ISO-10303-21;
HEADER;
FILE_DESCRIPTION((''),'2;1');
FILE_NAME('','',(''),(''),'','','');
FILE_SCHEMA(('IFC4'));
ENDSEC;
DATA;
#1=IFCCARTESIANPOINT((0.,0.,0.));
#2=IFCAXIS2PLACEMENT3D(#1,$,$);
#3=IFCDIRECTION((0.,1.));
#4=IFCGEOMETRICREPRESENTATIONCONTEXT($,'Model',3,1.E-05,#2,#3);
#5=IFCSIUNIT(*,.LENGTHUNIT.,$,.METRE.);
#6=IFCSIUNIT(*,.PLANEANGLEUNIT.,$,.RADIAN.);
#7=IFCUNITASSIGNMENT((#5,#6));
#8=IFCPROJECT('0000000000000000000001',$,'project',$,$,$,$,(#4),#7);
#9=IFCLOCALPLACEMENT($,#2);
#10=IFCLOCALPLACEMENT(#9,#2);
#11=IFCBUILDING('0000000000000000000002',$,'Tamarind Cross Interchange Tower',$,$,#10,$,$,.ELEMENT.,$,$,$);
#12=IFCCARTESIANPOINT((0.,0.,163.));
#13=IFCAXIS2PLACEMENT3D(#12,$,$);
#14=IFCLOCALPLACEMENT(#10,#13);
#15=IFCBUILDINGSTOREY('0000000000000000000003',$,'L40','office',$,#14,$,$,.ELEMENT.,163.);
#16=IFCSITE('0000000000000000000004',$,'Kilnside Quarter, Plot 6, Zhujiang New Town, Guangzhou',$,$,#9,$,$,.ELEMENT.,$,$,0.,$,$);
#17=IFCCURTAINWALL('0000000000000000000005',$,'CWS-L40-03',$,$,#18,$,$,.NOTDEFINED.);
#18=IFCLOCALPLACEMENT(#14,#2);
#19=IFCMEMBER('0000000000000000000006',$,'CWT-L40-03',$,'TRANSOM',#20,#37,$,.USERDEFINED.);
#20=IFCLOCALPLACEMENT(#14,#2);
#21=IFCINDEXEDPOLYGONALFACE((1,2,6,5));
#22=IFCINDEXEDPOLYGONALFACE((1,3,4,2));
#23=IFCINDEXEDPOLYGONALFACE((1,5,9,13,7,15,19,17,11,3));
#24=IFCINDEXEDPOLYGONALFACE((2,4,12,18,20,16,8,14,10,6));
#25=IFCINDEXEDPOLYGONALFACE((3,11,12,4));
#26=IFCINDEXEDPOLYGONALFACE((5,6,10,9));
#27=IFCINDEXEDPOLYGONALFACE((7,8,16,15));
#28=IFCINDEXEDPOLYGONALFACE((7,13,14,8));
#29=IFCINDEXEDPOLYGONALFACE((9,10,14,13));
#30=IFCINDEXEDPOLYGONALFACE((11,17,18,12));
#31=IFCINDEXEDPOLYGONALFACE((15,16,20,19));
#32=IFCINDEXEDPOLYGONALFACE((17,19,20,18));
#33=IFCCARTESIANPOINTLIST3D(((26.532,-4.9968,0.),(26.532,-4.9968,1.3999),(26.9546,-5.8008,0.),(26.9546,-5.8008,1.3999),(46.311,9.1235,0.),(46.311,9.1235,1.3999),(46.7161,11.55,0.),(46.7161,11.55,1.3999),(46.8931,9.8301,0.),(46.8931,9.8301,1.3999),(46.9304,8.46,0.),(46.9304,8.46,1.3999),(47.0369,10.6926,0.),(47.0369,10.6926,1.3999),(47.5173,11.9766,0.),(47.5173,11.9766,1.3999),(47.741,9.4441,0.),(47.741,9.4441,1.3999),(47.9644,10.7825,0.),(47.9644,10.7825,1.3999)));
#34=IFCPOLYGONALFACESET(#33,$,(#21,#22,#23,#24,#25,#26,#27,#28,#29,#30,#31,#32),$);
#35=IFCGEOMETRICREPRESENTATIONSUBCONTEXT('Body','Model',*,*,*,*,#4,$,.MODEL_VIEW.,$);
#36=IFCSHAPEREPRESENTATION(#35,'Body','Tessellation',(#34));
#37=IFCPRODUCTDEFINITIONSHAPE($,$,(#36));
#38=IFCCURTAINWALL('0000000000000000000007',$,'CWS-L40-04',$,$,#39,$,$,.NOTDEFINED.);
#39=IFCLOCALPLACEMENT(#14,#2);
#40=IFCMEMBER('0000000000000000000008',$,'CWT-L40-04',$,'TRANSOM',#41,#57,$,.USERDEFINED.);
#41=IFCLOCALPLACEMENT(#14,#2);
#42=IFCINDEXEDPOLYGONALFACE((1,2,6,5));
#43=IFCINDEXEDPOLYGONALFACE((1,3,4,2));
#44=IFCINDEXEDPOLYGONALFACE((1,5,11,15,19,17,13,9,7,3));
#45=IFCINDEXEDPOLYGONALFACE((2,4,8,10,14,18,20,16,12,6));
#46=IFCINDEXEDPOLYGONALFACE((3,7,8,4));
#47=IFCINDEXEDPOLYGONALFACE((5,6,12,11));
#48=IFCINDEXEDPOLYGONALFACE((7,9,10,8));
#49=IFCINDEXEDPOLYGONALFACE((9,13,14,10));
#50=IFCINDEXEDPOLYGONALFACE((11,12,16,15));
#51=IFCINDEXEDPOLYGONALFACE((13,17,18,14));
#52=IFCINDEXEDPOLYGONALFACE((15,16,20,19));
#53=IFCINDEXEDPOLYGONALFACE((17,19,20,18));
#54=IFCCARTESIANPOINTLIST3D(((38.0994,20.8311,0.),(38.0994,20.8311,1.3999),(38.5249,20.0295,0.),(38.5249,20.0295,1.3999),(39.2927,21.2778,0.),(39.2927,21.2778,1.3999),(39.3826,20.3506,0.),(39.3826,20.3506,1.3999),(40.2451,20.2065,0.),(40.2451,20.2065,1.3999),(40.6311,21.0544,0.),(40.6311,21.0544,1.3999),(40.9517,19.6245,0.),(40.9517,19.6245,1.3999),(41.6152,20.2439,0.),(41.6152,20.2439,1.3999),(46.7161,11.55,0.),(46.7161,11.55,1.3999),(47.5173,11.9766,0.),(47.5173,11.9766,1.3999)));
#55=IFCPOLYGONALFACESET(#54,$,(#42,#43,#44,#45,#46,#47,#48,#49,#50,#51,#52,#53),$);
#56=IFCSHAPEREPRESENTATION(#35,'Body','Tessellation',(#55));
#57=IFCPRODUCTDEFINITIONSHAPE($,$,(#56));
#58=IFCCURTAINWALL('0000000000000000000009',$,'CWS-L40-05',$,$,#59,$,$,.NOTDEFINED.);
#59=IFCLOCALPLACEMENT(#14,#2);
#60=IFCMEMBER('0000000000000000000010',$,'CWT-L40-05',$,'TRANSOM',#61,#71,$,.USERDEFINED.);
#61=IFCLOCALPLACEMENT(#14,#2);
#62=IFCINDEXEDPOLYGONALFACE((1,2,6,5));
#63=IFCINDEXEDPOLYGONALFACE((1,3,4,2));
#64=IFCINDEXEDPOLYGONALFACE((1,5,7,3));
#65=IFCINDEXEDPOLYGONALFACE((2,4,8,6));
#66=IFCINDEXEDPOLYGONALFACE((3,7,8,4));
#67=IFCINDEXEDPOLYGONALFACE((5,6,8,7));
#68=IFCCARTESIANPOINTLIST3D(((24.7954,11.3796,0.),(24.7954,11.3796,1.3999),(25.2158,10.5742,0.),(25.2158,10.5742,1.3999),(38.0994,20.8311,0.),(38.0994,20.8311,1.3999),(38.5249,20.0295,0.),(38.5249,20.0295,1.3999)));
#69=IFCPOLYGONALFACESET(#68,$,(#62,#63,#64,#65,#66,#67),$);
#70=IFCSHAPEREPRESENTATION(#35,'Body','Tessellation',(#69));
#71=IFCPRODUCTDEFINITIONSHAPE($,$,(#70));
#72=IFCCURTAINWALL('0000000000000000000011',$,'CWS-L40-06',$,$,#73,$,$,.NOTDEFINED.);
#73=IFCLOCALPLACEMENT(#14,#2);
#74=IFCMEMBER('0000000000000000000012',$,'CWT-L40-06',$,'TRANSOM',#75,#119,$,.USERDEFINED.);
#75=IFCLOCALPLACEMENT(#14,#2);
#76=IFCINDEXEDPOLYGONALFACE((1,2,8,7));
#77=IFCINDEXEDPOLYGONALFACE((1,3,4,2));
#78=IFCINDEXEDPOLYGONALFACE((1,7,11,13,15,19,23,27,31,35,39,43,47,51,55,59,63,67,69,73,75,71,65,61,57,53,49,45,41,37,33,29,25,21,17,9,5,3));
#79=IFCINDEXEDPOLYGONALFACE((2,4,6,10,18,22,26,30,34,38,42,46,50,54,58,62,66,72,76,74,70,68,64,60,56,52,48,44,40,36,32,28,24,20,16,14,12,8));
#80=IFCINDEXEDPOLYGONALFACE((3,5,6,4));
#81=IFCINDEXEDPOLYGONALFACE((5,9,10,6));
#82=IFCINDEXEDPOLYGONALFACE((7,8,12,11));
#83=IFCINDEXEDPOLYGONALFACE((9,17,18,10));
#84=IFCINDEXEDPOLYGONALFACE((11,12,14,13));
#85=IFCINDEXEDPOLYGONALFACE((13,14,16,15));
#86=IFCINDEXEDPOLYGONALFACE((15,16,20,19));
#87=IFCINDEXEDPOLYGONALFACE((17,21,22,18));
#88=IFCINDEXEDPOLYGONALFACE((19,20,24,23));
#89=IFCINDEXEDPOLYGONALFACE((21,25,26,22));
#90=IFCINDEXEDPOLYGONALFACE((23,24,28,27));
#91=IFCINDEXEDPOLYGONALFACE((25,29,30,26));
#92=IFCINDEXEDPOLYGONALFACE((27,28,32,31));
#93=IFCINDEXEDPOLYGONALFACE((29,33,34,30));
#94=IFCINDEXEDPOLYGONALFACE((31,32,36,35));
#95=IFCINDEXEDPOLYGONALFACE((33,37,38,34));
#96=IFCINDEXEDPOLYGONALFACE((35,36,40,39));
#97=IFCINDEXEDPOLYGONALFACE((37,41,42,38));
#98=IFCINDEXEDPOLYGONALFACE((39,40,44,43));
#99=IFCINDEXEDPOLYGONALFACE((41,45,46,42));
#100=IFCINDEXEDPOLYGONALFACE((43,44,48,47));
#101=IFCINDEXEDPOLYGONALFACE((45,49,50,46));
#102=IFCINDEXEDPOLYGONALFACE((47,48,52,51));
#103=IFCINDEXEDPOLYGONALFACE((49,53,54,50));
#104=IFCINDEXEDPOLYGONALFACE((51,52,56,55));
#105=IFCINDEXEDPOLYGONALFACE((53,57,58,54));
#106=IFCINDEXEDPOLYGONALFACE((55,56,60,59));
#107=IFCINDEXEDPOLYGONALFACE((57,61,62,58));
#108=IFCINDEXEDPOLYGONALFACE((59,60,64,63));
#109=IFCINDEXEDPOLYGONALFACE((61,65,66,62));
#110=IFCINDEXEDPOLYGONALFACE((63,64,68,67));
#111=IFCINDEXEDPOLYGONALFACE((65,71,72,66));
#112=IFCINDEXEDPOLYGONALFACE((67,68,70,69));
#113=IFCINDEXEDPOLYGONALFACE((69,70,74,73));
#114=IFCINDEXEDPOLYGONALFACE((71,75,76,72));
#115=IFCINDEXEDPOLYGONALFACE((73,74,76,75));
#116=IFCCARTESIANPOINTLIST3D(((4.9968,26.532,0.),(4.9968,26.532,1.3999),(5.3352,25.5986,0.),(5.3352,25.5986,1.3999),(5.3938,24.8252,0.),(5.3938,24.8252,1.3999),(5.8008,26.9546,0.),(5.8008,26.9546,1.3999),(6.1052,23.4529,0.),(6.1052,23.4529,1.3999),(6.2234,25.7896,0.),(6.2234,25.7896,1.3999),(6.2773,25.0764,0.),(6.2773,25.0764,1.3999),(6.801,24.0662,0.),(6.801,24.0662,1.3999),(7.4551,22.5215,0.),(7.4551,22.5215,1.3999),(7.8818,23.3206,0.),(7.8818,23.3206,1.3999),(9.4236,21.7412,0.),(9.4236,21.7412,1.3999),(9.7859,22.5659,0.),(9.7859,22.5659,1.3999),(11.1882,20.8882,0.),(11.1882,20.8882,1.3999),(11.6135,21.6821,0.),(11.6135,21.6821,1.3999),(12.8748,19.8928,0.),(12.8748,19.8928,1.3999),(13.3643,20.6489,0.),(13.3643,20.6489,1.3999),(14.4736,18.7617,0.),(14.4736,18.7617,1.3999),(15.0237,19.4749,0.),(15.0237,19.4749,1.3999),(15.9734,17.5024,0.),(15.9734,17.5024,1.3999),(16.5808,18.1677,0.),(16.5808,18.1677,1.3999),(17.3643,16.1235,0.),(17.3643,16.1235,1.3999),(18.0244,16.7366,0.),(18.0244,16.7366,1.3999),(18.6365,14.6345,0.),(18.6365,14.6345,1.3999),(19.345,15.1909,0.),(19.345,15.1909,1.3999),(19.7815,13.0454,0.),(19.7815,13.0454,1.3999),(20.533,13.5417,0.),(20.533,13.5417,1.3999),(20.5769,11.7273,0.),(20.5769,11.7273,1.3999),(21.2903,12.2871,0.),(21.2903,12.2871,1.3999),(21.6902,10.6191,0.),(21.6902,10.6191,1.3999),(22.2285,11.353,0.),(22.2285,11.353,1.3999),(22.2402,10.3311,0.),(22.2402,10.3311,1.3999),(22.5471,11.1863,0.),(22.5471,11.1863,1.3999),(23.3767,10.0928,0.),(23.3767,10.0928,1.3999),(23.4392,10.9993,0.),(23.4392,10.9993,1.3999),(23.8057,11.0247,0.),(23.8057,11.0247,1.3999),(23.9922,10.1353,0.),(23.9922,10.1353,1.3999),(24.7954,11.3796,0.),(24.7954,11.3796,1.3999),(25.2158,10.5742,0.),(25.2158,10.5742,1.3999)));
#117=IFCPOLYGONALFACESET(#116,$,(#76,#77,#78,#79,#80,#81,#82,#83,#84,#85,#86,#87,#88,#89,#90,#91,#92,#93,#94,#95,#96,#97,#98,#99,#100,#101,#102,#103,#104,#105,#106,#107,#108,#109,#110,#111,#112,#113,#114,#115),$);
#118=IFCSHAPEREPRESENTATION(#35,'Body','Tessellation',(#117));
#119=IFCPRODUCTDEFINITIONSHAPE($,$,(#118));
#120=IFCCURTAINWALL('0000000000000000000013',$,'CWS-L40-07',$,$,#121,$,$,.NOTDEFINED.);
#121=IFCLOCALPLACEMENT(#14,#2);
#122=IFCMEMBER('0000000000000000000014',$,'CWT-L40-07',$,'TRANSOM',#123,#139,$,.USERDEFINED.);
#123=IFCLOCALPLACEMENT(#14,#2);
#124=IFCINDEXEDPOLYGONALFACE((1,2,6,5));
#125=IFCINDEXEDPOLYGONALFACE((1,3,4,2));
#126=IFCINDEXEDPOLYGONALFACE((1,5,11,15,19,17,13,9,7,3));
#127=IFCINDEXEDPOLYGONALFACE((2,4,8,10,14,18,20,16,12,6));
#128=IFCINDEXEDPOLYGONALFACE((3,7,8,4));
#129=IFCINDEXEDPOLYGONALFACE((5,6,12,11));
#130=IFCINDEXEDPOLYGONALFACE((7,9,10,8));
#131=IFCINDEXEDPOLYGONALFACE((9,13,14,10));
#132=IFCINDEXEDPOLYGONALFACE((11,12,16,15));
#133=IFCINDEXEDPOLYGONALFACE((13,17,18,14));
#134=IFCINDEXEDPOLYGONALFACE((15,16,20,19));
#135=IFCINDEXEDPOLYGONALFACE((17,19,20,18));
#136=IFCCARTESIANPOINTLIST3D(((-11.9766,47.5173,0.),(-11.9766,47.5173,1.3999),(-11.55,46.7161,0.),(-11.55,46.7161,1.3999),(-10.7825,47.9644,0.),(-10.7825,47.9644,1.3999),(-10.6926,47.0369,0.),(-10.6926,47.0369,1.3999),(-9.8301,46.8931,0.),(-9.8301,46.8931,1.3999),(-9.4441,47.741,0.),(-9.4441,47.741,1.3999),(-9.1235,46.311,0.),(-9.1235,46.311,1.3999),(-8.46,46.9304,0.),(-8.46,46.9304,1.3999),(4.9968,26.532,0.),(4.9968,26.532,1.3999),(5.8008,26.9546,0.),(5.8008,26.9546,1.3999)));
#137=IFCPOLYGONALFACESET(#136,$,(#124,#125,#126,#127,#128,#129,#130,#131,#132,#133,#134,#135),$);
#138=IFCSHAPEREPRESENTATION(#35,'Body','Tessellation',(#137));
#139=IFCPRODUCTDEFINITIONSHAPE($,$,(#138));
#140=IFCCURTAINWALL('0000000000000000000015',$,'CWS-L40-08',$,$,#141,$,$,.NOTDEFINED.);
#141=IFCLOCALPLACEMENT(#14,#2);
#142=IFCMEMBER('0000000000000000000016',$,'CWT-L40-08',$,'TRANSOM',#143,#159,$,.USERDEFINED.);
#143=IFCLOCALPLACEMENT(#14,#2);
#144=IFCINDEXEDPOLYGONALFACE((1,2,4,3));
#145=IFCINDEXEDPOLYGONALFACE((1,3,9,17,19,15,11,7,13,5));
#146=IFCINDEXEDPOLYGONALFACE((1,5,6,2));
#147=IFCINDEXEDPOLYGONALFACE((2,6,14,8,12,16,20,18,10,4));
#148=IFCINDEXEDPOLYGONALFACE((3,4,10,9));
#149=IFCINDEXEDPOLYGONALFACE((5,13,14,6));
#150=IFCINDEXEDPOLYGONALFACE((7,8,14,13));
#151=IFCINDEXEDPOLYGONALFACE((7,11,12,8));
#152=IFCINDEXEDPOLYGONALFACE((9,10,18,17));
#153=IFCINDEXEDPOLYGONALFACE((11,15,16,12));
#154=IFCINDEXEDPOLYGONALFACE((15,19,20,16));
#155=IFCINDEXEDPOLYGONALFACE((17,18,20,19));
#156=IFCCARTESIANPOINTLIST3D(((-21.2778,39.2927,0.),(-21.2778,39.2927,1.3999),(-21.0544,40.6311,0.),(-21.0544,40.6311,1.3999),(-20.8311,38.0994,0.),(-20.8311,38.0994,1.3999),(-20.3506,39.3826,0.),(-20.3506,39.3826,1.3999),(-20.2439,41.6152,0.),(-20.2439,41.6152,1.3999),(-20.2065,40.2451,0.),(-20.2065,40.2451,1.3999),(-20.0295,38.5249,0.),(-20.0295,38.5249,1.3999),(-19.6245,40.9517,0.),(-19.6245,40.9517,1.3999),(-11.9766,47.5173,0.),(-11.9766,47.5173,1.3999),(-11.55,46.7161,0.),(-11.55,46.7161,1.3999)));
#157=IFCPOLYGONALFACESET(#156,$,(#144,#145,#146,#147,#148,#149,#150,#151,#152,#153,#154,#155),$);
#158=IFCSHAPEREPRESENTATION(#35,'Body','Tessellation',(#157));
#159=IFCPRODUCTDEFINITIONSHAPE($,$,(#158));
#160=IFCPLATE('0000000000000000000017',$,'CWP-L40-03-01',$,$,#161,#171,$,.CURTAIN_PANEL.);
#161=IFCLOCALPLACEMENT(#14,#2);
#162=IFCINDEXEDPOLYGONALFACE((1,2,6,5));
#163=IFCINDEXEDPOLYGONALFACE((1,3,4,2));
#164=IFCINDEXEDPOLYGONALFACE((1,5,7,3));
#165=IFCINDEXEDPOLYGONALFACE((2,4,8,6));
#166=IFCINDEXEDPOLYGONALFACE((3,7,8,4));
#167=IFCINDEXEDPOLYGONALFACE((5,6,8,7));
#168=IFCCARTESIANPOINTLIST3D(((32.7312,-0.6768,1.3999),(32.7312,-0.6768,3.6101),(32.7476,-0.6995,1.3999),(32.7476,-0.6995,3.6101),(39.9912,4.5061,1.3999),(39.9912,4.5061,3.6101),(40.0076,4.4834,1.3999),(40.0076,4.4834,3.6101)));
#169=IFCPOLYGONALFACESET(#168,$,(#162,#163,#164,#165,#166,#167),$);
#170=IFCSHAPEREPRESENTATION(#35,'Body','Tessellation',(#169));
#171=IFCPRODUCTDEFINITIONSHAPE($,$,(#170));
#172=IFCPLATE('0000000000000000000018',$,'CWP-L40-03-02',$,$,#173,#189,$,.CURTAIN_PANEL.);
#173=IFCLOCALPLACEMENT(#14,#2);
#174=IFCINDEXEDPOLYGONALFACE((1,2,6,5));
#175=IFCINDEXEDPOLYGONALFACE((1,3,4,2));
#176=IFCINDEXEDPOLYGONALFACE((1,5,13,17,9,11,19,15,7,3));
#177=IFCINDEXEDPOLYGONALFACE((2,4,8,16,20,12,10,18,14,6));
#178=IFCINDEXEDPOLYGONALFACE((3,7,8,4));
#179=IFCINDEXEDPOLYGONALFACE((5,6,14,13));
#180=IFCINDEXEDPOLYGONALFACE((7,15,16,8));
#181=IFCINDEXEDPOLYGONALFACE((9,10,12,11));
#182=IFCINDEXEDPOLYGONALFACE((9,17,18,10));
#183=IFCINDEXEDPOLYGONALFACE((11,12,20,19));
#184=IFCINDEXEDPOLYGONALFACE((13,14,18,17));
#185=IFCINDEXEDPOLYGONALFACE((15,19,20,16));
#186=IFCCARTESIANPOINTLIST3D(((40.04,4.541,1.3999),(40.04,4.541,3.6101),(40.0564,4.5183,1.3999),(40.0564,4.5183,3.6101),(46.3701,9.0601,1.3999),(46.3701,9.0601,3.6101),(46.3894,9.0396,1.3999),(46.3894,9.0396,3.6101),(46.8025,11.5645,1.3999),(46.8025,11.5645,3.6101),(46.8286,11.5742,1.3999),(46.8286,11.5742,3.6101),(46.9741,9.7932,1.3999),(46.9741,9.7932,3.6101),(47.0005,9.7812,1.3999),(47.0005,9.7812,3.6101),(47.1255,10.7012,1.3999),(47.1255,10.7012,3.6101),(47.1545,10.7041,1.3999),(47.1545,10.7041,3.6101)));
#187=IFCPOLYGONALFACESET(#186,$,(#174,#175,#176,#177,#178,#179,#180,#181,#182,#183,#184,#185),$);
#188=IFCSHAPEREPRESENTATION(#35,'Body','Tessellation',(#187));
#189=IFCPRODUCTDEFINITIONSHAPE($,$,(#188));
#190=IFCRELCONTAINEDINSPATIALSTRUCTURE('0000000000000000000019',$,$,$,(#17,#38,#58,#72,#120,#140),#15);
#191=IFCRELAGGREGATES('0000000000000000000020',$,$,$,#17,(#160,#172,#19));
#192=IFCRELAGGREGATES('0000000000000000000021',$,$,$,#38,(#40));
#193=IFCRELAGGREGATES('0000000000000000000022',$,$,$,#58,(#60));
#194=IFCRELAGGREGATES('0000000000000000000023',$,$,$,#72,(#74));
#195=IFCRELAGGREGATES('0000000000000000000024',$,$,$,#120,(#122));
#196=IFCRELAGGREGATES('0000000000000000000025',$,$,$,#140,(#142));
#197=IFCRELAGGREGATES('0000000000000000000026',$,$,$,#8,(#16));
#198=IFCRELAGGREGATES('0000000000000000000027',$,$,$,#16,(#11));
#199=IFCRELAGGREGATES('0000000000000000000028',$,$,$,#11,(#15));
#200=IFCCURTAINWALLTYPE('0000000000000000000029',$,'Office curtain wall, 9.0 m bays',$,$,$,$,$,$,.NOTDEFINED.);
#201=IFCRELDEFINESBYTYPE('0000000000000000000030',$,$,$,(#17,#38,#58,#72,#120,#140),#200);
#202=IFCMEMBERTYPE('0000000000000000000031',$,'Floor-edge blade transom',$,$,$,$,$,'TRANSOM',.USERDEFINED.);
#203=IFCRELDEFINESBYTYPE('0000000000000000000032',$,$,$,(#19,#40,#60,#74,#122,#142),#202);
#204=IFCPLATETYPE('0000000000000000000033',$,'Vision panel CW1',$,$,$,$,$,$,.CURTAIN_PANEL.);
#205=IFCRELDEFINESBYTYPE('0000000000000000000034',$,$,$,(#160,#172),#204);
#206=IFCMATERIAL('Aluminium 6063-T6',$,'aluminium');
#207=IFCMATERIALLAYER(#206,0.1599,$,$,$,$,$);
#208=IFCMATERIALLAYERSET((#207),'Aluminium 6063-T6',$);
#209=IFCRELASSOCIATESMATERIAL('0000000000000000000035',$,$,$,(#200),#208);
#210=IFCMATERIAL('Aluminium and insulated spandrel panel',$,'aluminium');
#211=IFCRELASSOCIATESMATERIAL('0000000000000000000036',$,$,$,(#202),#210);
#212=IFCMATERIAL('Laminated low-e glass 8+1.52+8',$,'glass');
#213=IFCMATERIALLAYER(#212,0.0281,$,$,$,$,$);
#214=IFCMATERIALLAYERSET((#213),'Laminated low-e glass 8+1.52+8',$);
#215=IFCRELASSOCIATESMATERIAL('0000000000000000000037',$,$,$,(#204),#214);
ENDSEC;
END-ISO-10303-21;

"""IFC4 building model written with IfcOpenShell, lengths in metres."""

from ifc_helpers import new_model, si_unit, direction, frame, origin, place, context, subcontext, project, spatial, polyline, outline, extrude, material, layer, layer_set, type_object, element, aggregate, save


model = new_model("IFC4")

# Units and contexts
model_context = context("Model", 3, precision=1e-05, world=origin(), true_north=direction((0.0, 1.0)))
body_context = subcontext(model_context, "Body", "Model", "MODEL_VIEW")
ifc_project = project(units=[si_unit("LENGTHUNIT", "METRE"), si_unit("PLANEANGLEUNIT", "RADIAN")], contexts=[model_context])

# Site, building, storey
site_placement = place(None, origin())
site = spatial("IfcSite", under=ifc_project, at=site_placement, Name="Kilnside Quarter, Plot 6, Zhujiang New Town, Guangzhou", CompositionType="ELEMENT", RefElevation=0.0)
building_placement = place(site_placement, origin())
building = spatial("IfcBuilding", under=site, at=building_placement, Name="Tamarind Cross Interchange Tower", CompositionType="ELEMENT")
storey_placement = place(building_placement, frame((0.0, 0.0, 163.0)))
storey = spatial("IfcBuildingStorey", under=building, at=storey_placement, Name="L40", Description="office", CompositionType="ELEMENT", Elevation=163.0)

# Curtain walls, members
ifc_material_1 = material(Name="Aluminium 6063-T6", Category="aluminium")
ifc_layer_1 = layer(ifc_material_1, 0.1599)
ifc_layer_set_1 = layer_set([ifc_layer_1], Name="Aluminium 6063-T6")
curtain_wall_type = type_object("IfcCurtainWallType", Name="Office curtain wall, 9.0 m bays", PredefinedType="NOTDEFINED", material=ifc_layer_set_1)
curtain_wall_1_placement = place(storey_placement, origin())
curtain_wall_1 = element("IfcCurtainWall", 1, at=curtain_wall_1_placement, inside=storey, type_object=curtain_wall_type, Name="CWS-L40-03", PredefinedType="NOTDEFINED")
ifc_material_2 = material(Name="Aluminium and insulated spandrel panel", Category="aluminium")
member_type = type_object("IfcMemberType", Name="Floor-edge blade transom", ElementType="TRANSOM", PredefinedType="USERDEFINED", material=ifc_material_2)
member_1_placement = place(storey_placement, origin())
member_1 = element("IfcMember", 2, at=member_1_placement, type_object=member_type, Name="CWT-L40-03", ObjectType="TRANSOM", PredefinedType="USERDEFINED", context=body_context, shape_type="SweptSolid", body=[
    extrude(outline(polyline([(26.532, -4.9968), (46.311, 9.1235), (46.8931, 9.8301), (47.0369, 10.6926), (46.7161, 11.55), (47.5173, 11.9766), (47.9644, 10.7825), (47.741, 9.4441), (46.9304, 8.46), (26.9546, -5.8008), (26.532, -4.9968)])), origin(), (0.0, 0.0, 1.0), 1.3999),
])
curtain_wall_2_placement = place(storey_placement, origin())
curtain_wall_2 = element("IfcCurtainWall", 3, at=curtain_wall_2_placement, inside=storey, type_object=curtain_wall_type, Name="CWS-L40-04", PredefinedType="NOTDEFINED")
member_2_placement = place(storey_placement, origin())
member_2 = element("IfcMember", 4, at=member_2_placement, type_object=member_type, Name="CWT-L40-04", ObjectType="TRANSOM", PredefinedType="USERDEFINED", context=body_context, shape_type="SweptSolid", body=[
    extrude(outline(polyline([(46.7161, 11.55), (40.9517, 19.6245), (40.2451, 20.2065), (39.3826, 20.3506), (38.5249, 20.0295), (38.0994, 20.8311), (39.2927, 21.2778), (40.6311, 21.0544), (41.6152, 20.2439), (47.5173, 11.9766), (46.7161, 11.55)])), origin(), (0.0, 0.0, 1.0), 1.3999),
])
curtain_wall_3_placement = place(storey_placement, origin())
curtain_wall_3 = element("IfcCurtainWall", 5, at=curtain_wall_3_placement, inside=storey, type_object=curtain_wall_type, Name="CWS-L40-05", PredefinedType="NOTDEFINED")
member_3_placement = place(storey_placement, origin())
member_3 = element("IfcMember", 6, at=member_3_placement, type_object=member_type, Name="CWT-L40-05", ObjectType="TRANSOM", PredefinedType="USERDEFINED", context=body_context, shape_type="SweptSolid", body=[
    extrude(outline(polyline([(38.5249, 20.0295), (25.2158, 10.5742), (24.7954, 11.3796), (38.0994, 20.8311), (38.5249, 20.0295)])), origin(), (0.0, 0.0, 1.0), 1.3999),
])
curtain_wall_4_placement = place(storey_placement, origin())
curtain_wall_4 = element("IfcCurtainWall", 7, at=curtain_wall_4_placement, inside=storey, type_object=curtain_wall_type, Name="CWS-L40-06", PredefinedType="NOTDEFINED")
member_4_placement = place(storey_placement, origin())
member_4 = element("IfcMember", 8, at=member_4_placement, type_object=member_type, Name="CWT-L40-06", ObjectType="TRANSOM", PredefinedType="USERDEFINED", context=body_context, shape_type="SweptSolid", body=[
    extrude(outline(polyline([(25.2158, 10.5742), (23.9922, 10.1353), (23.3767, 10.0928), (22.2402, 10.3311), (21.6902, 10.6191), (20.5769, 11.7273), (19.7815, 13.0454), (18.6365, 14.6345), (17.3643, 16.1235), (15.9734, 17.5024), (14.4736, 18.7617), (12.8748, 19.8928), (11.1882, 20.8882), (9.4236, 21.7412), (7.4551, 22.5215), (6.1052, 23.4529), (5.3938, 24.8252), (5.3352, 25.5986), (4.9968, 26.532), (5.8008, 26.9546), (6.2234, 25.7896), (6.2773, 25.0764), (6.801, 24.0662), (7.8818, 23.3206), (9.7859, 22.5659), (11.6135, 21.6821), (13.3643, 20.6489), (15.0237, 19.4749), (16.5808, 18.1677), (18.0244, 16.7366), (19.345, 15.1909), (20.533, 13.5417), (21.2903, 12.2871), (22.2285, 11.353), (22.5471, 11.1863), (23.4392, 10.9993), (23.8057, 11.0247), (24.7954, 11.3796), (25.2158, 10.5742)])), origin(), (0.0, 0.0, 1.0), 1.3999),
])
curtain_wall_5_placement = place(storey_placement, origin())
curtain_wall_5 = element("IfcCurtainWall", 9, at=curtain_wall_5_placement, inside=storey, type_object=curtain_wall_type, Name="CWS-L40-07", PredefinedType="NOTDEFINED")
member_5_placement = place(storey_placement, origin())
member_5 = element("IfcMember", 10, at=member_5_placement, type_object=member_type, Name="CWT-L40-07", ObjectType="TRANSOM", PredefinedType="USERDEFINED", context=body_context, shape_type="SweptSolid", body=[
    extrude(outline(polyline([(4.9968, 26.532), (-9.1235, 46.311), (-9.8301, 46.8931), (-10.6926, 47.0369), (-11.55, 46.7161), (-11.9766, 47.5173), (-10.7825, 47.9644), (-9.4441, 47.741), (-8.46, 46.9304), (5.8008, 26.9546), (4.9968, 26.532)])), origin(), (0.0, 0.0, 1.0), 1.3999),
])
curtain_wall_6_placement = place(storey_placement, origin())
curtain_wall_6 = element("IfcCurtainWall", 11, at=curtain_wall_6_placement, inside=storey, type_object=curtain_wall_type, Name="CWS-L40-08", PredefinedType="NOTDEFINED")
member_6_placement = place(storey_placement, origin())
member_6 = element("IfcMember", 12, at=member_6_placement, type_object=member_type, Name="CWT-L40-08", ObjectType="TRANSOM", PredefinedType="USERDEFINED", context=body_context, shape_type="SweptSolid", body=[
    extrude(outline(polyline([(-11.55, 46.7161), (-19.6245, 40.9517), (-20.2065, 40.2451), (-20.3506, 39.3826), (-20.0295, 38.5249), (-20.8311, 38.0994), (-21.2778, 39.2927), (-21.0544, 40.6311), (-20.2439, 41.6152), (-11.9766, 47.5173), (-11.55, 46.7161)])), origin(), (0.0, 0.0, 1.0), 1.3999),
])

# Plates
ifc_material_3 = material(Name="Laminated low-e glass 8+1.52+8", Category="glass")
ifc_layer_2 = layer(ifc_material_3, 0.0281)
ifc_layer_set_2 = layer_set([ifc_layer_2], Name="Laminated low-e glass 8+1.52+8")
plate_type = type_object("IfcPlateType", Name="Vision panel CW1", PredefinedType="CURTAIN_PANEL", material=ifc_layer_set_2)
plate_1_placement = place(storey_placement, frame((0.0, 0.0, 1.3999)))
plate_1 = element("IfcPlate", 13, at=plate_1_placement, type_object=plate_type, Name="CWP-L40-03-01", PredefinedType="CURTAIN_PANEL", context=body_context, shape_type="SweptSolid", body=[
    extrude(outline(polyline([(32.7312, -0.6768), (39.9912, 4.5061), (40.0076, 4.4834), (32.7476, -0.6995), (32.7312, -0.6768)])), origin(), (0.0, 0.0, 1.0), 2.2102),
])
plate_2_placement = place(storey_placement, frame((0.0, 0.0, 1.3999)))
plate_2 = element("IfcPlate", 14, at=plate_2_placement, type_object=plate_type, Name="CWP-L40-03-02", PredefinedType="CURTAIN_PANEL", context=body_context, shape_type="SweptSolid", body=[
    extrude(outline(polyline([(40.04, 4.541), (46.3701, 9.0601), (46.9741, 9.7932), (47.1255, 10.7012), (46.8025, 11.5645), (46.8286, 11.5742), (47.1545, 10.7041), (47.0005, 9.7812), (46.3894, 9.0396), (40.0564, 4.5183), (40.04, 4.541)])), origin(), (0.0, 0.0, 1.0), 2.2102),
])
aggregate(curtain_wall_1, [plate_1, plate_2, member_1])
aggregate(curtain_wall_2, [member_2])
aggregate(curtain_wall_3, [member_3])
aggregate(curtain_wall_4, [member_4])
aggregate(curtain_wall_5, [member_5])
aggregate(curtain_wall_6, [member_6])

save(model, "model.ifc")
